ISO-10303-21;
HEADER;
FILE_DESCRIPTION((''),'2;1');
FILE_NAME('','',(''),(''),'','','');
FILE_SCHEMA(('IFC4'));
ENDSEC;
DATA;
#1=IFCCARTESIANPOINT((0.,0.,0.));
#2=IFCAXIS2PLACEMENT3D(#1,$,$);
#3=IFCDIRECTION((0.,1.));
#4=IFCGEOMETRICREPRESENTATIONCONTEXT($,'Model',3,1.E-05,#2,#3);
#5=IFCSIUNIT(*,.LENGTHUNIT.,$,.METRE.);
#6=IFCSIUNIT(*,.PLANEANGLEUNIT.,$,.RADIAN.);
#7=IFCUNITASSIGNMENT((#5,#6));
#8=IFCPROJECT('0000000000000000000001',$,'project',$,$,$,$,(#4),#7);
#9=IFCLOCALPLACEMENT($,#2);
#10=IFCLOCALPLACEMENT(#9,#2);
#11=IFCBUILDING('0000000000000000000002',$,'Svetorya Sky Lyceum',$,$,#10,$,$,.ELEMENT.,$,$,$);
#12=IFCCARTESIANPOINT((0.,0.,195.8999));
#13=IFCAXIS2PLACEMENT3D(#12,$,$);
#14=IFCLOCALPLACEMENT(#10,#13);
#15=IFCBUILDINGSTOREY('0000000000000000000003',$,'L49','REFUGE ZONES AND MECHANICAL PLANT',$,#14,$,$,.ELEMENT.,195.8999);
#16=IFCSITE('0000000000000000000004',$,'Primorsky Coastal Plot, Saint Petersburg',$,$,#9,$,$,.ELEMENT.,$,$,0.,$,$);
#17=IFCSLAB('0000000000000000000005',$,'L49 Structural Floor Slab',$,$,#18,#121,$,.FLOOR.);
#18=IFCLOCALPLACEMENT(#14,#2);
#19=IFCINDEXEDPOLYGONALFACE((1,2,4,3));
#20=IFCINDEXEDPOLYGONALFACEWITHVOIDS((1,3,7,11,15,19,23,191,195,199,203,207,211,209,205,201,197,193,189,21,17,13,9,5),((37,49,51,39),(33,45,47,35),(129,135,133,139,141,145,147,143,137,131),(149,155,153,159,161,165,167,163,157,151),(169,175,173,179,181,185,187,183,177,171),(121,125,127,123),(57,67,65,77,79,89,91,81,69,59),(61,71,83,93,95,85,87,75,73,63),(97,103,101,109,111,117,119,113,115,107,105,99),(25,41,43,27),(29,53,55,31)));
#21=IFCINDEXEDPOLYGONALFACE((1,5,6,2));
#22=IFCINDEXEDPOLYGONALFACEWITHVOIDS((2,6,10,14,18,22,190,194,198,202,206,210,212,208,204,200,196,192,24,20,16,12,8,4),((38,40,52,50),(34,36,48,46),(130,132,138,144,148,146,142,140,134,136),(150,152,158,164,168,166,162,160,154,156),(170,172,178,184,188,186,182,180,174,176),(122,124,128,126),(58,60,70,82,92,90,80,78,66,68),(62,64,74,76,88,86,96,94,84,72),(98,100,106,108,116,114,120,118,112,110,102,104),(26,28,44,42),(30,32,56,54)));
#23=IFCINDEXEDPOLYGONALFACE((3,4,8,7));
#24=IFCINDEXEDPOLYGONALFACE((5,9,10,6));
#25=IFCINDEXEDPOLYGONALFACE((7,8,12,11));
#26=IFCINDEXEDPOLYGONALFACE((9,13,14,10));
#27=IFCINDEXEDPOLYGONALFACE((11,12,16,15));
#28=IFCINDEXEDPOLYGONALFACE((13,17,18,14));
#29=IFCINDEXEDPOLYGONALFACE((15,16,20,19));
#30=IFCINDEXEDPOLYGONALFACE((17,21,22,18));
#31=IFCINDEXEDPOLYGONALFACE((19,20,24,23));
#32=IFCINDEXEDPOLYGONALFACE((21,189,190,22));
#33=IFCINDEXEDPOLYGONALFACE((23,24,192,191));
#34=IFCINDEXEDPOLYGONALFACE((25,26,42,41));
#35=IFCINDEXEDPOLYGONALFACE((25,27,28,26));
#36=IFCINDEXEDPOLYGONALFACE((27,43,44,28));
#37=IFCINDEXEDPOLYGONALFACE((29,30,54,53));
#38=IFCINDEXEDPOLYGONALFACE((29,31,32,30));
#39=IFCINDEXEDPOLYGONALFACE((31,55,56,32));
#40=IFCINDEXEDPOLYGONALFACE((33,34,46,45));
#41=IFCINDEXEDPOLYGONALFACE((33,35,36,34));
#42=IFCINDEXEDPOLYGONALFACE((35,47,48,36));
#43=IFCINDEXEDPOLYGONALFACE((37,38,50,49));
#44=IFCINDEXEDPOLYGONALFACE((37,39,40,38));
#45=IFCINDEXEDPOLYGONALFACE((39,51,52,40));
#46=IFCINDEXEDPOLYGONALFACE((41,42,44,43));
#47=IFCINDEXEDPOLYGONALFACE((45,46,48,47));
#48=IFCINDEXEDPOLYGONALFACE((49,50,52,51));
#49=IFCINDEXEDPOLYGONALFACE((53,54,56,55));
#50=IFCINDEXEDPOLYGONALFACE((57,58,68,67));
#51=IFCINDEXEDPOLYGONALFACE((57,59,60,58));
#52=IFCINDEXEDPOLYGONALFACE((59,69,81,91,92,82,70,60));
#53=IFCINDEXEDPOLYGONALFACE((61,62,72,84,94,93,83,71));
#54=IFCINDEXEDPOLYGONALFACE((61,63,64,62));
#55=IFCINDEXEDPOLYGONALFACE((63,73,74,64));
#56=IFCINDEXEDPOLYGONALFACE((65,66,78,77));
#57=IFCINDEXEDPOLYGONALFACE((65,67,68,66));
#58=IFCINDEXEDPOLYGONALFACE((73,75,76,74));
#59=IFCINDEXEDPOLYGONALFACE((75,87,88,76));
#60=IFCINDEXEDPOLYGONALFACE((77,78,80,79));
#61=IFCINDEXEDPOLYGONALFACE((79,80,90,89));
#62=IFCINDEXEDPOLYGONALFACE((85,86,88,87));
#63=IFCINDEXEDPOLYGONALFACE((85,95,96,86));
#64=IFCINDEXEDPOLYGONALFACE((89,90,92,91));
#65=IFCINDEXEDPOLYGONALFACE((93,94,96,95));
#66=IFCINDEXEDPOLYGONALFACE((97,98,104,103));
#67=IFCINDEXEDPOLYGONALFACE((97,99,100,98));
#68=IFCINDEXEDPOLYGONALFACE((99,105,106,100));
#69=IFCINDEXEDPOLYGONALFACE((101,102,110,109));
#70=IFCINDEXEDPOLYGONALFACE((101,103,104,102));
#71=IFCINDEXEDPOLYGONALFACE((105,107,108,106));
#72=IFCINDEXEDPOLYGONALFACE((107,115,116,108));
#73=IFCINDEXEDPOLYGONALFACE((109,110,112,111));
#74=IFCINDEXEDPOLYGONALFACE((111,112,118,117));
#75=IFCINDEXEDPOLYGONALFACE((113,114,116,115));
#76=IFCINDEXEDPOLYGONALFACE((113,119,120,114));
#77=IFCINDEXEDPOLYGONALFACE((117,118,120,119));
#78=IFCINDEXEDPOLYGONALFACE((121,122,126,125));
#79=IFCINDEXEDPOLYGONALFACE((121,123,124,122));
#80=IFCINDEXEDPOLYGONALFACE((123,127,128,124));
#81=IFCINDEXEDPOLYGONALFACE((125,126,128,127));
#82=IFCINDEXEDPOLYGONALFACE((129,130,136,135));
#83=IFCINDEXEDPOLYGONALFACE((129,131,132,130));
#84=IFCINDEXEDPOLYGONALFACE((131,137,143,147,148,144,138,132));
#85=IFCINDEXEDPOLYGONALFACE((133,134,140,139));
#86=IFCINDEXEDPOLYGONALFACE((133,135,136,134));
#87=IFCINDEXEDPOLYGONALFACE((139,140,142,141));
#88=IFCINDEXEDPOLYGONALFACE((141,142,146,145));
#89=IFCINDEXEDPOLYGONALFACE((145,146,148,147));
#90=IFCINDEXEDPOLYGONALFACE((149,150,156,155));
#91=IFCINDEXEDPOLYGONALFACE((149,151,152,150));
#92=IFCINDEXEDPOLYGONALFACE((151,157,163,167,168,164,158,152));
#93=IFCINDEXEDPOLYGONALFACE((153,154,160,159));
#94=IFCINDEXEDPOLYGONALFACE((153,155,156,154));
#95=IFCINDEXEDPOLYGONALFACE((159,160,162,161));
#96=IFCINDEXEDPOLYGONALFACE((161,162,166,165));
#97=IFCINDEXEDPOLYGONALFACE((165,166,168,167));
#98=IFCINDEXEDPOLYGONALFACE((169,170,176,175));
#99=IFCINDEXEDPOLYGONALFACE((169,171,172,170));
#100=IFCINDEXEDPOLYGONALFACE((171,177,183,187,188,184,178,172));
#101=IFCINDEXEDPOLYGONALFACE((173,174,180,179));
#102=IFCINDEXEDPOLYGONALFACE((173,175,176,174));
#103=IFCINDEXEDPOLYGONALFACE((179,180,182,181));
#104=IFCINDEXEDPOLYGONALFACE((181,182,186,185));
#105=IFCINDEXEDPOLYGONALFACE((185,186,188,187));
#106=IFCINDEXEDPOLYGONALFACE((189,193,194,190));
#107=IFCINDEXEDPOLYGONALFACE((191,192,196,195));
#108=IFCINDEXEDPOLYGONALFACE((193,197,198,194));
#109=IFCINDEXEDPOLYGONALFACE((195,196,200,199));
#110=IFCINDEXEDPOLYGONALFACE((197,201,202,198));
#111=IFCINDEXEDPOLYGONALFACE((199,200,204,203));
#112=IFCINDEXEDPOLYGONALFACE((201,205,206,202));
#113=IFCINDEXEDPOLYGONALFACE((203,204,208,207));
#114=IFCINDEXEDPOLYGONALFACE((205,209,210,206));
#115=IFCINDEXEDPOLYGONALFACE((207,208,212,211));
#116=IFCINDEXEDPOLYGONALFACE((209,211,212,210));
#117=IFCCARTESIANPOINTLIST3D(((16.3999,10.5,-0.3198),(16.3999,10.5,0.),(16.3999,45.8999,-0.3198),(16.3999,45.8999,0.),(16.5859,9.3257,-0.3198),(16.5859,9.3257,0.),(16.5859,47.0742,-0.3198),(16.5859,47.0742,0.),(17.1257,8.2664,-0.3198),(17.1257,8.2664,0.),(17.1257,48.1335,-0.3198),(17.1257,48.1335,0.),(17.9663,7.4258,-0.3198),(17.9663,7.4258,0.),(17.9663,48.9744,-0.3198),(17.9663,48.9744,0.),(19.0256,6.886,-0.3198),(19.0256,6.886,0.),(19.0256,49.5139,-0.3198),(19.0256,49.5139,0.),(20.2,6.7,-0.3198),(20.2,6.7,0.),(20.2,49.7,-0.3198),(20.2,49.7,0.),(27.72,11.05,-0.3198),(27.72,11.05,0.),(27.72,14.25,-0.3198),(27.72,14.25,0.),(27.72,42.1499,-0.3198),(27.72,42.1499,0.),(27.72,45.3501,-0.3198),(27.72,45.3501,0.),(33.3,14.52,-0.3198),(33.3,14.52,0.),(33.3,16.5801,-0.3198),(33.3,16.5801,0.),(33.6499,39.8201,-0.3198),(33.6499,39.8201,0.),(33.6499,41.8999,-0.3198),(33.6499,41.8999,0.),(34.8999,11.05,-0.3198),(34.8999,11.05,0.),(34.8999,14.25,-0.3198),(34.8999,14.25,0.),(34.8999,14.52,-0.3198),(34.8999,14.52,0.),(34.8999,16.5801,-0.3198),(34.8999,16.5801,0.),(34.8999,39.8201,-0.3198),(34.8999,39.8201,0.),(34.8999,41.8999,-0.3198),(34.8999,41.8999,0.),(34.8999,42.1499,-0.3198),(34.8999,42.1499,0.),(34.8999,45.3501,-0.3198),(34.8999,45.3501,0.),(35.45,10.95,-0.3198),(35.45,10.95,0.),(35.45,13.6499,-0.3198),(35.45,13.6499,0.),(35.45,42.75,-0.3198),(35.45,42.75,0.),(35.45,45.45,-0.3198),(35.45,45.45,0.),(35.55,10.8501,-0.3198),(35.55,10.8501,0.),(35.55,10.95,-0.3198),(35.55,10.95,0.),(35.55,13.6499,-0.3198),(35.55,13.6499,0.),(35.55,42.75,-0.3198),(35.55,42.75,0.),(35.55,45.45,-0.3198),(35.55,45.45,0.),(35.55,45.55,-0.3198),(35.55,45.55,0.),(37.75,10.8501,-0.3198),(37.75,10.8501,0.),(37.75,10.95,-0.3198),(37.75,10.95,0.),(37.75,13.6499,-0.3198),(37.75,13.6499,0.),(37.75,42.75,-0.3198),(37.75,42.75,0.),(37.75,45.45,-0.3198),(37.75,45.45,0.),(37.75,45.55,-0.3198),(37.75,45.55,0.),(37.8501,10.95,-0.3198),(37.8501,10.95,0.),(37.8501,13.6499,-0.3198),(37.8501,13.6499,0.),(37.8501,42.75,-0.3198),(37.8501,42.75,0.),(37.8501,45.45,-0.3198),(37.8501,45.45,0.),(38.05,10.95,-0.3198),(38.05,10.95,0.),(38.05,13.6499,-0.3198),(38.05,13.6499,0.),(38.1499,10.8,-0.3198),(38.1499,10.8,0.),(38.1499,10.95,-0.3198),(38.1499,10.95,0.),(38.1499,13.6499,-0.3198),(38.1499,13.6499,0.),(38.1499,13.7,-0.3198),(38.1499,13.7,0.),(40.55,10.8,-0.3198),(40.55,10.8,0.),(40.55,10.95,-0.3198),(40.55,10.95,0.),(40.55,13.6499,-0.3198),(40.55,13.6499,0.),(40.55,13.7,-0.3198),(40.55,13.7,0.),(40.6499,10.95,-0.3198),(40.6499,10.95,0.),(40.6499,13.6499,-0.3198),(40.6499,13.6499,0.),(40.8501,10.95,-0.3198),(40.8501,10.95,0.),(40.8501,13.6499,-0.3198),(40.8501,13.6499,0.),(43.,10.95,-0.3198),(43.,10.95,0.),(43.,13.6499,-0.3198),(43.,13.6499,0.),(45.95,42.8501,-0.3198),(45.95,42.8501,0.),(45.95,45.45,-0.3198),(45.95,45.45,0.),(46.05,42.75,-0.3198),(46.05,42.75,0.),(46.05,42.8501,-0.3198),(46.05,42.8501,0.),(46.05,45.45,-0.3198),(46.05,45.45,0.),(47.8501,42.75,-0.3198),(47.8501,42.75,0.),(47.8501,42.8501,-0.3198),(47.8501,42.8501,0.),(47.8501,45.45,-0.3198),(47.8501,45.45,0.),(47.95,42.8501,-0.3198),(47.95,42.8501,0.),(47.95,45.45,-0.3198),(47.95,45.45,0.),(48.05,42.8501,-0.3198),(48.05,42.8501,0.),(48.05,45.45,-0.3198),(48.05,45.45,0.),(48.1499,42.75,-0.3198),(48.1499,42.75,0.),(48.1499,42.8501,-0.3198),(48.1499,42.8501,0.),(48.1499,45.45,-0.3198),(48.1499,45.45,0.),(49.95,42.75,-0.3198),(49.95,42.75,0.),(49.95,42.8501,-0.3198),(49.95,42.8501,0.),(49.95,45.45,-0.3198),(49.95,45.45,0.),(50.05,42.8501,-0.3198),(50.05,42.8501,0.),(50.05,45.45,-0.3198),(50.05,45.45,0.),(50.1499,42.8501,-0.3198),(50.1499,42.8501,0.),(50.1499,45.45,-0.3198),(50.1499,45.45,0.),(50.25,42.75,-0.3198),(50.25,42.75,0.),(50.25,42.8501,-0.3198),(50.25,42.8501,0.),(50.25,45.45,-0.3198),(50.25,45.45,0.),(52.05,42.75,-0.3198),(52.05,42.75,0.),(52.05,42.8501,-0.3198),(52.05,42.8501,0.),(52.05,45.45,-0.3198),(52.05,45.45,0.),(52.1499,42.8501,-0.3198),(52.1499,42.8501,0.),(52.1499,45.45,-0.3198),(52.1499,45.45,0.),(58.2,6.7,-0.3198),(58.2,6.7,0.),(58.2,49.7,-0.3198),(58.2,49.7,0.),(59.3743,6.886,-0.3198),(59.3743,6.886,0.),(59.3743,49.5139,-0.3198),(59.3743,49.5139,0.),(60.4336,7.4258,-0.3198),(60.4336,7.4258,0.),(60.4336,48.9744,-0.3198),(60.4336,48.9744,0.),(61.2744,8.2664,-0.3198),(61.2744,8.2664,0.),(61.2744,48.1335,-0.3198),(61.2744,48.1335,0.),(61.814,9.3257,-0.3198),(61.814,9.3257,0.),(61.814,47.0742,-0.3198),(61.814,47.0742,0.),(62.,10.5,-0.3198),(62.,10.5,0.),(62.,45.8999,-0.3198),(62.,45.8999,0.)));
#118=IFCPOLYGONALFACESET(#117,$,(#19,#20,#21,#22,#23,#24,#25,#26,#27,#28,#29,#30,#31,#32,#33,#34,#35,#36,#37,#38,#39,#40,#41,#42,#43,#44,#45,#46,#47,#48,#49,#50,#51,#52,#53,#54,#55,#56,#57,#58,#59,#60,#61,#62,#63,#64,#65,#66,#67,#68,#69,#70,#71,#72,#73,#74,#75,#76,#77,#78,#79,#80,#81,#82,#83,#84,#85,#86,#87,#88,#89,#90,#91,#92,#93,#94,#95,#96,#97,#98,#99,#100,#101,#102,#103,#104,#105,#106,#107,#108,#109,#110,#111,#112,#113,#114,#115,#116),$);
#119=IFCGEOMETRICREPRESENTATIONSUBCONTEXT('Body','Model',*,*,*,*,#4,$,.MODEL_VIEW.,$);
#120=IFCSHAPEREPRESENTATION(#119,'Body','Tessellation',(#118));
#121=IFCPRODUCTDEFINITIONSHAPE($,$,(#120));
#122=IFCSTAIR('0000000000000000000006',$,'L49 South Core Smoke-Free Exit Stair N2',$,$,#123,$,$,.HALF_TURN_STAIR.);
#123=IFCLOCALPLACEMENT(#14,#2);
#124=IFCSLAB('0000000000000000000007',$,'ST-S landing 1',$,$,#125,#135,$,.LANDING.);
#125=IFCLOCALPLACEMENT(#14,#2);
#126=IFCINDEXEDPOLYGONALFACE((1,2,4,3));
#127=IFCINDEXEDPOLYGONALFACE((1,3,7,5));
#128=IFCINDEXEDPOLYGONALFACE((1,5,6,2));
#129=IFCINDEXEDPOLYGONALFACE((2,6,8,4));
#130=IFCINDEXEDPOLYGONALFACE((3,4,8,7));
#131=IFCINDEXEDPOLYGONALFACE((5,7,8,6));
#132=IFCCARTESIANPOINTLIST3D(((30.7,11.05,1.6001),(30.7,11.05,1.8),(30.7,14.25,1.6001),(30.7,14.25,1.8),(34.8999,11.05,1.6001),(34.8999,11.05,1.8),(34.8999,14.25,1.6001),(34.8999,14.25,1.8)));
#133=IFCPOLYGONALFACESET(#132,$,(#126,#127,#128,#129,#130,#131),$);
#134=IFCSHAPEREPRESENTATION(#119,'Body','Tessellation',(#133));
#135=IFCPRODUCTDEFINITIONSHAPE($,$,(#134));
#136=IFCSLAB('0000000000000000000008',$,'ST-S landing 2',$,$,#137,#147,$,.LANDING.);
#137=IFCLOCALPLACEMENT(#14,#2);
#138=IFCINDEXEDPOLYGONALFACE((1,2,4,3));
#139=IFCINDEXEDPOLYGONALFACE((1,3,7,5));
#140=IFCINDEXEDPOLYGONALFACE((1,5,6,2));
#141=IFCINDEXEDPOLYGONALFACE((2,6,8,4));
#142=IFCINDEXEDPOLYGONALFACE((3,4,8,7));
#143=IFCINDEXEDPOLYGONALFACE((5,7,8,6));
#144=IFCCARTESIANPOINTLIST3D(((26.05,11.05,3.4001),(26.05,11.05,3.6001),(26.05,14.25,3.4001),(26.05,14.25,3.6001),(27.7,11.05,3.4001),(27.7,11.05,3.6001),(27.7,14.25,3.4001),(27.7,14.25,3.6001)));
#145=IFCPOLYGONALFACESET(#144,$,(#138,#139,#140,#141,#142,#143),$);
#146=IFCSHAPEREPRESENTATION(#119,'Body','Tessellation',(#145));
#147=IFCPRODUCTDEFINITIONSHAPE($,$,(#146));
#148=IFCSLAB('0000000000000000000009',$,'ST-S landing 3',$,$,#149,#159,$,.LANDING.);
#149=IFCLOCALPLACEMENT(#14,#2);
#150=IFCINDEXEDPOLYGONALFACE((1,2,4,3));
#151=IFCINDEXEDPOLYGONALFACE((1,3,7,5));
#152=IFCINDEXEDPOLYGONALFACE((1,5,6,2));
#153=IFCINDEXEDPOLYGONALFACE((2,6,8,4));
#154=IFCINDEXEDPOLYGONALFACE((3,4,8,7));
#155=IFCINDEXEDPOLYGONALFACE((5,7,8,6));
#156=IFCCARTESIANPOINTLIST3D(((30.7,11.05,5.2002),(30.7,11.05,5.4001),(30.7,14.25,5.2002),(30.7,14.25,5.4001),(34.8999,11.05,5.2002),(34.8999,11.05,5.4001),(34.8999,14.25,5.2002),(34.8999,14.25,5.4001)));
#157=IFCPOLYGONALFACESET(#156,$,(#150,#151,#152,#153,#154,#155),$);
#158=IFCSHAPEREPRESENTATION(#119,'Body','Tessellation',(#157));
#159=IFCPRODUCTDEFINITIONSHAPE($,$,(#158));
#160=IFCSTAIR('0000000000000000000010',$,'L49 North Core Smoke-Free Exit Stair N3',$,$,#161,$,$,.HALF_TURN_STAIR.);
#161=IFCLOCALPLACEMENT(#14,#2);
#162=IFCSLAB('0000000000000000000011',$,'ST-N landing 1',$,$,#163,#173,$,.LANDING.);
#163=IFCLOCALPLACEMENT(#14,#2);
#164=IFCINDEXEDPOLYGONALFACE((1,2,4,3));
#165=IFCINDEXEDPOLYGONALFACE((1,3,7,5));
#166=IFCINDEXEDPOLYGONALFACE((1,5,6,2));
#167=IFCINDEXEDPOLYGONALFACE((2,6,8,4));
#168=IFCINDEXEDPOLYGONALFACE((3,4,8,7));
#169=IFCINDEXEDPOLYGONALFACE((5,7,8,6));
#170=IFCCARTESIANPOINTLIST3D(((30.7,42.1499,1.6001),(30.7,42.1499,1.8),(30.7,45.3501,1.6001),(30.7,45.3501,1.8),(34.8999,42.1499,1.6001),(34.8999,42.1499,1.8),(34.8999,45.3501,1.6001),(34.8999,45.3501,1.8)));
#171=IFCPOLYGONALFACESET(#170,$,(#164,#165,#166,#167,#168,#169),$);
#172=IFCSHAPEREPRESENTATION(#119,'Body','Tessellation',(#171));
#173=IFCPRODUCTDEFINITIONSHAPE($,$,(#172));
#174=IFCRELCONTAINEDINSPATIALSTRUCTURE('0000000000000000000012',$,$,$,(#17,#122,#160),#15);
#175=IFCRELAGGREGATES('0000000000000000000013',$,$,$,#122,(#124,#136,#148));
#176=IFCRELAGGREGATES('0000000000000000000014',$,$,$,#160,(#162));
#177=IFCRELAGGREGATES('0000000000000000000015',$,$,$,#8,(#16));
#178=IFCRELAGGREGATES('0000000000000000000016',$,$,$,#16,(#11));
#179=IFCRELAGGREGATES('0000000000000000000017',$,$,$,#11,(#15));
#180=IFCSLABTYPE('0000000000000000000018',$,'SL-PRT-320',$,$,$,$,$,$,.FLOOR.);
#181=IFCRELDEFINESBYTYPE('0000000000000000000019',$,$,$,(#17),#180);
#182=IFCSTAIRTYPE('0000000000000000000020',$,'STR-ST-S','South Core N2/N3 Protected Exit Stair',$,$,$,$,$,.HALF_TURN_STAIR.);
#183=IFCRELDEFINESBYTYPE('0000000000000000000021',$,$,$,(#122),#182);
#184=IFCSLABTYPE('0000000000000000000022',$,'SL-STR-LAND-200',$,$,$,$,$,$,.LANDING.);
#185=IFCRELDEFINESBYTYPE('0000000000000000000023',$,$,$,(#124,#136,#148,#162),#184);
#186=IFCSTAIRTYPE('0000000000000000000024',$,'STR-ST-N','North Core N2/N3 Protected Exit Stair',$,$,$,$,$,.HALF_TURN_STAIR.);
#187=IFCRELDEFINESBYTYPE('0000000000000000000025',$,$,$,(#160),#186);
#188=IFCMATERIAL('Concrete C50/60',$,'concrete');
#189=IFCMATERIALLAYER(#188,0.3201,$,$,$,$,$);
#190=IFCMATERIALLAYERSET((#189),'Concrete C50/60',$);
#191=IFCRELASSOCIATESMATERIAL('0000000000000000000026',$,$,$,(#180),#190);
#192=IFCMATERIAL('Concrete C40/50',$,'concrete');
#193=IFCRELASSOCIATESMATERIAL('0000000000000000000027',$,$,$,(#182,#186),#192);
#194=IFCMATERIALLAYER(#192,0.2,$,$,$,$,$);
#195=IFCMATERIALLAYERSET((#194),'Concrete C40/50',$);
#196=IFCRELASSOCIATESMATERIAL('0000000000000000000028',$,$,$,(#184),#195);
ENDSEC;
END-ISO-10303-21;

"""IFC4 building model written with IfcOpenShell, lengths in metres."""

from ifc_helpers import new_model, si_unit, direction, frame, origin, place, context, subcontext, project, spatial, polyline, outline, extrude, material, layer, layer_set, type_object, element, aggregate, save


model = new_model("IFC4")

# Units and contexts
model_context = context("Model", 3, precision=1e-05, world=origin(), true_north=direction((0.0, 1.0)))
body_context = subcontext(model_context, "Body", "Model", "MODEL_VIEW")
ifc_project = project(units=[si_unit("LENGTHUNIT", "METRE"), si_unit("PLANEANGLEUNIT", "RADIAN")], contexts=[model_context])

# Site, building, storey
site_placement = place(None, origin())
site = spatial("IfcSite", under=ifc_project, at=site_placement, Name="Primorsky Coastal Plot, Saint Petersburg", CompositionType="ELEMENT", RefElevation=0.0)
building_placement = place(site_placement, origin())
building = spatial("IfcBuilding", under=site, at=building_placement, Name="Svetorya Sky Lyceum", CompositionType="ELEMENT")
storey_placement = place(building_placement, frame((0.0, 0.0, 195.8999)))
storey = spatial("IfcBuildingStorey", under=building, at=storey_placement, Name="L49", Description="REFUGE ZONES AND MECHANICAL PLANT", CompositionType="ELEMENT", Elevation=195.8999)

# Shared definitions
ifc_material_1 = material(Name="Concrete C50/60", Category="concrete")

# Slab
ifc_layer_1 = layer(ifc_material_1, 0.3201)
ifc_layer_set_1 = layer_set([ifc_layer_1], Name="Concrete C50/60")
slab_type_1 = type_object("IfcSlabType", Name="SL-PRT-320", PredefinedType="FLOOR", material=ifc_layer_set_1)
slab_1_placement = place(storey_placement, frame((0.0, 0.0, -0.3198)))
element("IfcSlab", 1, at=slab_1_placement, inside=storey, type_object=slab_type_1, Name="L49 Structural Floor Slab", PredefinedType="FLOOR", context=body_context, shape_type="SweptSolid", body=[
    extrude(outline(polyline([(16.3999, 10.5), (16.5859, 9.3257), (17.1257, 8.2664), (17.9663, 7.4258), (19.0256, 6.886), (20.2, 6.7), (58.2, 6.7), (59.3743, 6.886), (60.4336, 7.4258), (61.2744, 8.2664), (61.814, 9.3257), (62.0, 10.5), (62.0, 45.8999), (61.814, 47.0742), (61.2744, 48.1335), (60.4336, 48.9744), (59.3743, 49.5139), (58.2, 49.7), (20.2, 49.7), (19.0256, 49.5139), (17.9663, 48.9744), (17.1257, 48.1335), (16.5859, 47.0742), (16.3999, 45.8999), (16.3999, 10.5)]), holes=[polyline([(37.8501, 10.95), (37.75, 10.95), (37.75, 10.8501), (35.55, 10.8501), (35.55, 10.95), (35.45, 10.95), (35.45, 13.6499), (35.55, 13.6499), (37.75, 13.6499), (37.8501, 13.6499), (37.8501, 10.95)]), polyline([(38.1499, 10.8), (38.1499, 10.95), (38.05, 10.95), (38.05, 13.6499), (38.1499, 13.6499), (38.1499, 13.7), (40.55, 13.7), (40.55, 13.6499), (40.6499, 13.6499), (40.6499, 10.95), (40.55, 10.95), (40.55, 10.8), (38.1499, 10.8)]), polyline([(27.72, 11.05), (27.72, 14.25), (34.8999, 14.25), (34.8999, 11.05), (27.72, 11.05)]), polyline([(33.3, 14.52), (33.3, 16.5801), (34.8999, 16.5801), (34.8999, 14.52), (33.3, 14.52)]), polyline([(33.6499, 39.8201), (33.6499, 41.8999), (34.8999, 41.8999), (34.8999, 39.8201), (33.6499, 39.8201)]), polyline([(27.72, 42.1499), (27.72, 45.3501), (34.8999, 45.3501), (34.8999, 42.1499), (27.72, 42.1499)]), polyline([(37.75, 42.75), (35.55, 42.75), (35.45, 42.75), (35.45, 45.45), (35.55, 45.45), (35.55, 45.55), (37.75, 45.55), (37.75, 45.45), (37.8501, 45.45), (37.8501, 42.75), (37.75, 42.75)]), polyline([(40.8501, 10.95), (40.8501, 13.6499), (43.0, 13.6499), (43.0, 10.95), (40.8501, 10.95)]), polyline([(46.05, 42.75), (46.05, 42.8501), (45.95, 42.8501), (45.95, 45.45), (46.05, 45.45), (47.8501, 45.45), (47.95, 45.45), (47.95, 42.8501), (47.8501, 42.8501), (47.8501, 42.75), (46.05, 42.75)]), polyline([(50.05, 42.8501), (49.95, 42.8501), (49.95, 42.75), (48.1499, 42.75), (48.1499, 42.8501), (48.05, 42.8501), (48.05, 45.45), (48.1499, 45.45), (49.95, 45.45), (50.05, 45.45), (50.05, 42.8501)]), polyline([(52.1499, 42.8501), (52.05, 42.8501), (52.05, 42.75), (50.25, 42.75), (50.25, 42.8501), (50.1499, 42.8501), (50.1499, 45.45), (50.25, 45.45), (52.05, 45.45), (52.1499, 45.45), (52.1499, 42.8501)])]), origin(), (0.0, 0.0, 1.0), 0.3198),
])

# Stairs, slabs
ifc_material_2 = material(Name="Concrete C40/50", Category="concrete")
stair_type_1 = type_object("IfcStairType", Name="STR-ST-S", Description="South Core N2/N3 Protected Exit Stair", PredefinedType="HALF_TURN_STAIR", material=ifc_material_2)
stair_1_placement = place(storey_placement, origin())
stair_1 = element("IfcStair", 2, at=stair_1_placement, inside=storey, type_object=stair_type_1, Name="L49 South Core Smoke-Free Exit Stair N2", PredefinedType="HALF_TURN_STAIR")
ifc_layer_2 = layer(ifc_material_2, 0.2)
ifc_layer_set_2 = layer_set([ifc_layer_2], Name="Concrete C40/50")
slab_type_2 = type_object("IfcSlabType", Name="SL-STR-LAND-200", PredefinedType="LANDING", material=ifc_layer_set_2)
slab_2_placement = place(storey_placement, frame((0.0, 0.0, 1.6001)))
slab_2 = element("IfcSlab", 3, at=slab_2_placement, type_object=slab_type_2, Name="ST-S landing 1", PredefinedType="LANDING", context=body_context, shape_type="SweptSolid", body=[
    extrude(outline(polyline([(30.7, 11.05), (34.8999, 11.05), (34.8999, 14.25), (30.7, 14.25), (30.7, 11.05)])), origin(), (0.0, 0.0, 1.0), 0.2),
])
slab_3_placement = place(storey_placement, frame((0.0, 0.0, 3.4001)))
slab_3 = element("IfcSlab", 4, at=slab_3_placement, type_object=slab_type_2, Name="ST-S landing 2", PredefinedType="LANDING", context=body_context, shape_type="SweptSolid", body=[
    extrude(outline(polyline([(26.05, 11.05), (27.7, 11.05), (27.7, 14.25), (26.05, 14.25), (26.05, 11.05)])), origin(), (0.0, 0.0, 1.0), 0.2),
])
slab_4_placement = place(storey_placement, frame((0.0, 0.0, 5.2002)))
slab_4 = element("IfcSlab", 5, at=slab_4_placement, type_object=slab_type_2, Name="ST-S landing 3", PredefinedType="LANDING", context=body_context, shape_type="SweptSolid", body=[
    extrude(outline(polyline([(30.7, 11.05), (34.8999, 11.05), (34.8999, 14.25), (30.7, 14.25), (30.7, 11.05)])), origin(), (0.0, 0.0, 1.0), 0.2),
])
aggregate(stair_1, [slab_2, slab_3, slab_4])
stair_type_2 = type_object("IfcStairType", Name="STR-ST-N", Description="North Core N2/N3 Protected Exit Stair", PredefinedType="HALF_TURN_STAIR", material=ifc_material_2)
stair_2_placement = place(storey_placement, origin())
stair_2 = element("IfcStair", 6, at=stair_2_placement, inside=storey, type_object=stair_type_2, Name="L49 North Core Smoke-Free Exit Stair N3", PredefinedType="HALF_TURN_STAIR")
slab_5_placement = place(storey_placement, frame((0.0, 0.0, 1.6001)))
slab_5 = element("IfcSlab", 7, at=slab_5_placement, type_object=slab_type_2, Name="ST-N landing 1", PredefinedType="LANDING", context=body_context, shape_type="SweptSolid", body=[
    extrude(outline(polyline([(30.7, 42.1499), (34.8999, 42.1499), (34.8999, 45.3501), (30.7, 45.3501), (30.7, 42.1499)])), origin(), (0.0, 0.0, 1.0), 0.2),
])
aggregate(stair_2, [slab_5])

save(model, "model.ifc")
